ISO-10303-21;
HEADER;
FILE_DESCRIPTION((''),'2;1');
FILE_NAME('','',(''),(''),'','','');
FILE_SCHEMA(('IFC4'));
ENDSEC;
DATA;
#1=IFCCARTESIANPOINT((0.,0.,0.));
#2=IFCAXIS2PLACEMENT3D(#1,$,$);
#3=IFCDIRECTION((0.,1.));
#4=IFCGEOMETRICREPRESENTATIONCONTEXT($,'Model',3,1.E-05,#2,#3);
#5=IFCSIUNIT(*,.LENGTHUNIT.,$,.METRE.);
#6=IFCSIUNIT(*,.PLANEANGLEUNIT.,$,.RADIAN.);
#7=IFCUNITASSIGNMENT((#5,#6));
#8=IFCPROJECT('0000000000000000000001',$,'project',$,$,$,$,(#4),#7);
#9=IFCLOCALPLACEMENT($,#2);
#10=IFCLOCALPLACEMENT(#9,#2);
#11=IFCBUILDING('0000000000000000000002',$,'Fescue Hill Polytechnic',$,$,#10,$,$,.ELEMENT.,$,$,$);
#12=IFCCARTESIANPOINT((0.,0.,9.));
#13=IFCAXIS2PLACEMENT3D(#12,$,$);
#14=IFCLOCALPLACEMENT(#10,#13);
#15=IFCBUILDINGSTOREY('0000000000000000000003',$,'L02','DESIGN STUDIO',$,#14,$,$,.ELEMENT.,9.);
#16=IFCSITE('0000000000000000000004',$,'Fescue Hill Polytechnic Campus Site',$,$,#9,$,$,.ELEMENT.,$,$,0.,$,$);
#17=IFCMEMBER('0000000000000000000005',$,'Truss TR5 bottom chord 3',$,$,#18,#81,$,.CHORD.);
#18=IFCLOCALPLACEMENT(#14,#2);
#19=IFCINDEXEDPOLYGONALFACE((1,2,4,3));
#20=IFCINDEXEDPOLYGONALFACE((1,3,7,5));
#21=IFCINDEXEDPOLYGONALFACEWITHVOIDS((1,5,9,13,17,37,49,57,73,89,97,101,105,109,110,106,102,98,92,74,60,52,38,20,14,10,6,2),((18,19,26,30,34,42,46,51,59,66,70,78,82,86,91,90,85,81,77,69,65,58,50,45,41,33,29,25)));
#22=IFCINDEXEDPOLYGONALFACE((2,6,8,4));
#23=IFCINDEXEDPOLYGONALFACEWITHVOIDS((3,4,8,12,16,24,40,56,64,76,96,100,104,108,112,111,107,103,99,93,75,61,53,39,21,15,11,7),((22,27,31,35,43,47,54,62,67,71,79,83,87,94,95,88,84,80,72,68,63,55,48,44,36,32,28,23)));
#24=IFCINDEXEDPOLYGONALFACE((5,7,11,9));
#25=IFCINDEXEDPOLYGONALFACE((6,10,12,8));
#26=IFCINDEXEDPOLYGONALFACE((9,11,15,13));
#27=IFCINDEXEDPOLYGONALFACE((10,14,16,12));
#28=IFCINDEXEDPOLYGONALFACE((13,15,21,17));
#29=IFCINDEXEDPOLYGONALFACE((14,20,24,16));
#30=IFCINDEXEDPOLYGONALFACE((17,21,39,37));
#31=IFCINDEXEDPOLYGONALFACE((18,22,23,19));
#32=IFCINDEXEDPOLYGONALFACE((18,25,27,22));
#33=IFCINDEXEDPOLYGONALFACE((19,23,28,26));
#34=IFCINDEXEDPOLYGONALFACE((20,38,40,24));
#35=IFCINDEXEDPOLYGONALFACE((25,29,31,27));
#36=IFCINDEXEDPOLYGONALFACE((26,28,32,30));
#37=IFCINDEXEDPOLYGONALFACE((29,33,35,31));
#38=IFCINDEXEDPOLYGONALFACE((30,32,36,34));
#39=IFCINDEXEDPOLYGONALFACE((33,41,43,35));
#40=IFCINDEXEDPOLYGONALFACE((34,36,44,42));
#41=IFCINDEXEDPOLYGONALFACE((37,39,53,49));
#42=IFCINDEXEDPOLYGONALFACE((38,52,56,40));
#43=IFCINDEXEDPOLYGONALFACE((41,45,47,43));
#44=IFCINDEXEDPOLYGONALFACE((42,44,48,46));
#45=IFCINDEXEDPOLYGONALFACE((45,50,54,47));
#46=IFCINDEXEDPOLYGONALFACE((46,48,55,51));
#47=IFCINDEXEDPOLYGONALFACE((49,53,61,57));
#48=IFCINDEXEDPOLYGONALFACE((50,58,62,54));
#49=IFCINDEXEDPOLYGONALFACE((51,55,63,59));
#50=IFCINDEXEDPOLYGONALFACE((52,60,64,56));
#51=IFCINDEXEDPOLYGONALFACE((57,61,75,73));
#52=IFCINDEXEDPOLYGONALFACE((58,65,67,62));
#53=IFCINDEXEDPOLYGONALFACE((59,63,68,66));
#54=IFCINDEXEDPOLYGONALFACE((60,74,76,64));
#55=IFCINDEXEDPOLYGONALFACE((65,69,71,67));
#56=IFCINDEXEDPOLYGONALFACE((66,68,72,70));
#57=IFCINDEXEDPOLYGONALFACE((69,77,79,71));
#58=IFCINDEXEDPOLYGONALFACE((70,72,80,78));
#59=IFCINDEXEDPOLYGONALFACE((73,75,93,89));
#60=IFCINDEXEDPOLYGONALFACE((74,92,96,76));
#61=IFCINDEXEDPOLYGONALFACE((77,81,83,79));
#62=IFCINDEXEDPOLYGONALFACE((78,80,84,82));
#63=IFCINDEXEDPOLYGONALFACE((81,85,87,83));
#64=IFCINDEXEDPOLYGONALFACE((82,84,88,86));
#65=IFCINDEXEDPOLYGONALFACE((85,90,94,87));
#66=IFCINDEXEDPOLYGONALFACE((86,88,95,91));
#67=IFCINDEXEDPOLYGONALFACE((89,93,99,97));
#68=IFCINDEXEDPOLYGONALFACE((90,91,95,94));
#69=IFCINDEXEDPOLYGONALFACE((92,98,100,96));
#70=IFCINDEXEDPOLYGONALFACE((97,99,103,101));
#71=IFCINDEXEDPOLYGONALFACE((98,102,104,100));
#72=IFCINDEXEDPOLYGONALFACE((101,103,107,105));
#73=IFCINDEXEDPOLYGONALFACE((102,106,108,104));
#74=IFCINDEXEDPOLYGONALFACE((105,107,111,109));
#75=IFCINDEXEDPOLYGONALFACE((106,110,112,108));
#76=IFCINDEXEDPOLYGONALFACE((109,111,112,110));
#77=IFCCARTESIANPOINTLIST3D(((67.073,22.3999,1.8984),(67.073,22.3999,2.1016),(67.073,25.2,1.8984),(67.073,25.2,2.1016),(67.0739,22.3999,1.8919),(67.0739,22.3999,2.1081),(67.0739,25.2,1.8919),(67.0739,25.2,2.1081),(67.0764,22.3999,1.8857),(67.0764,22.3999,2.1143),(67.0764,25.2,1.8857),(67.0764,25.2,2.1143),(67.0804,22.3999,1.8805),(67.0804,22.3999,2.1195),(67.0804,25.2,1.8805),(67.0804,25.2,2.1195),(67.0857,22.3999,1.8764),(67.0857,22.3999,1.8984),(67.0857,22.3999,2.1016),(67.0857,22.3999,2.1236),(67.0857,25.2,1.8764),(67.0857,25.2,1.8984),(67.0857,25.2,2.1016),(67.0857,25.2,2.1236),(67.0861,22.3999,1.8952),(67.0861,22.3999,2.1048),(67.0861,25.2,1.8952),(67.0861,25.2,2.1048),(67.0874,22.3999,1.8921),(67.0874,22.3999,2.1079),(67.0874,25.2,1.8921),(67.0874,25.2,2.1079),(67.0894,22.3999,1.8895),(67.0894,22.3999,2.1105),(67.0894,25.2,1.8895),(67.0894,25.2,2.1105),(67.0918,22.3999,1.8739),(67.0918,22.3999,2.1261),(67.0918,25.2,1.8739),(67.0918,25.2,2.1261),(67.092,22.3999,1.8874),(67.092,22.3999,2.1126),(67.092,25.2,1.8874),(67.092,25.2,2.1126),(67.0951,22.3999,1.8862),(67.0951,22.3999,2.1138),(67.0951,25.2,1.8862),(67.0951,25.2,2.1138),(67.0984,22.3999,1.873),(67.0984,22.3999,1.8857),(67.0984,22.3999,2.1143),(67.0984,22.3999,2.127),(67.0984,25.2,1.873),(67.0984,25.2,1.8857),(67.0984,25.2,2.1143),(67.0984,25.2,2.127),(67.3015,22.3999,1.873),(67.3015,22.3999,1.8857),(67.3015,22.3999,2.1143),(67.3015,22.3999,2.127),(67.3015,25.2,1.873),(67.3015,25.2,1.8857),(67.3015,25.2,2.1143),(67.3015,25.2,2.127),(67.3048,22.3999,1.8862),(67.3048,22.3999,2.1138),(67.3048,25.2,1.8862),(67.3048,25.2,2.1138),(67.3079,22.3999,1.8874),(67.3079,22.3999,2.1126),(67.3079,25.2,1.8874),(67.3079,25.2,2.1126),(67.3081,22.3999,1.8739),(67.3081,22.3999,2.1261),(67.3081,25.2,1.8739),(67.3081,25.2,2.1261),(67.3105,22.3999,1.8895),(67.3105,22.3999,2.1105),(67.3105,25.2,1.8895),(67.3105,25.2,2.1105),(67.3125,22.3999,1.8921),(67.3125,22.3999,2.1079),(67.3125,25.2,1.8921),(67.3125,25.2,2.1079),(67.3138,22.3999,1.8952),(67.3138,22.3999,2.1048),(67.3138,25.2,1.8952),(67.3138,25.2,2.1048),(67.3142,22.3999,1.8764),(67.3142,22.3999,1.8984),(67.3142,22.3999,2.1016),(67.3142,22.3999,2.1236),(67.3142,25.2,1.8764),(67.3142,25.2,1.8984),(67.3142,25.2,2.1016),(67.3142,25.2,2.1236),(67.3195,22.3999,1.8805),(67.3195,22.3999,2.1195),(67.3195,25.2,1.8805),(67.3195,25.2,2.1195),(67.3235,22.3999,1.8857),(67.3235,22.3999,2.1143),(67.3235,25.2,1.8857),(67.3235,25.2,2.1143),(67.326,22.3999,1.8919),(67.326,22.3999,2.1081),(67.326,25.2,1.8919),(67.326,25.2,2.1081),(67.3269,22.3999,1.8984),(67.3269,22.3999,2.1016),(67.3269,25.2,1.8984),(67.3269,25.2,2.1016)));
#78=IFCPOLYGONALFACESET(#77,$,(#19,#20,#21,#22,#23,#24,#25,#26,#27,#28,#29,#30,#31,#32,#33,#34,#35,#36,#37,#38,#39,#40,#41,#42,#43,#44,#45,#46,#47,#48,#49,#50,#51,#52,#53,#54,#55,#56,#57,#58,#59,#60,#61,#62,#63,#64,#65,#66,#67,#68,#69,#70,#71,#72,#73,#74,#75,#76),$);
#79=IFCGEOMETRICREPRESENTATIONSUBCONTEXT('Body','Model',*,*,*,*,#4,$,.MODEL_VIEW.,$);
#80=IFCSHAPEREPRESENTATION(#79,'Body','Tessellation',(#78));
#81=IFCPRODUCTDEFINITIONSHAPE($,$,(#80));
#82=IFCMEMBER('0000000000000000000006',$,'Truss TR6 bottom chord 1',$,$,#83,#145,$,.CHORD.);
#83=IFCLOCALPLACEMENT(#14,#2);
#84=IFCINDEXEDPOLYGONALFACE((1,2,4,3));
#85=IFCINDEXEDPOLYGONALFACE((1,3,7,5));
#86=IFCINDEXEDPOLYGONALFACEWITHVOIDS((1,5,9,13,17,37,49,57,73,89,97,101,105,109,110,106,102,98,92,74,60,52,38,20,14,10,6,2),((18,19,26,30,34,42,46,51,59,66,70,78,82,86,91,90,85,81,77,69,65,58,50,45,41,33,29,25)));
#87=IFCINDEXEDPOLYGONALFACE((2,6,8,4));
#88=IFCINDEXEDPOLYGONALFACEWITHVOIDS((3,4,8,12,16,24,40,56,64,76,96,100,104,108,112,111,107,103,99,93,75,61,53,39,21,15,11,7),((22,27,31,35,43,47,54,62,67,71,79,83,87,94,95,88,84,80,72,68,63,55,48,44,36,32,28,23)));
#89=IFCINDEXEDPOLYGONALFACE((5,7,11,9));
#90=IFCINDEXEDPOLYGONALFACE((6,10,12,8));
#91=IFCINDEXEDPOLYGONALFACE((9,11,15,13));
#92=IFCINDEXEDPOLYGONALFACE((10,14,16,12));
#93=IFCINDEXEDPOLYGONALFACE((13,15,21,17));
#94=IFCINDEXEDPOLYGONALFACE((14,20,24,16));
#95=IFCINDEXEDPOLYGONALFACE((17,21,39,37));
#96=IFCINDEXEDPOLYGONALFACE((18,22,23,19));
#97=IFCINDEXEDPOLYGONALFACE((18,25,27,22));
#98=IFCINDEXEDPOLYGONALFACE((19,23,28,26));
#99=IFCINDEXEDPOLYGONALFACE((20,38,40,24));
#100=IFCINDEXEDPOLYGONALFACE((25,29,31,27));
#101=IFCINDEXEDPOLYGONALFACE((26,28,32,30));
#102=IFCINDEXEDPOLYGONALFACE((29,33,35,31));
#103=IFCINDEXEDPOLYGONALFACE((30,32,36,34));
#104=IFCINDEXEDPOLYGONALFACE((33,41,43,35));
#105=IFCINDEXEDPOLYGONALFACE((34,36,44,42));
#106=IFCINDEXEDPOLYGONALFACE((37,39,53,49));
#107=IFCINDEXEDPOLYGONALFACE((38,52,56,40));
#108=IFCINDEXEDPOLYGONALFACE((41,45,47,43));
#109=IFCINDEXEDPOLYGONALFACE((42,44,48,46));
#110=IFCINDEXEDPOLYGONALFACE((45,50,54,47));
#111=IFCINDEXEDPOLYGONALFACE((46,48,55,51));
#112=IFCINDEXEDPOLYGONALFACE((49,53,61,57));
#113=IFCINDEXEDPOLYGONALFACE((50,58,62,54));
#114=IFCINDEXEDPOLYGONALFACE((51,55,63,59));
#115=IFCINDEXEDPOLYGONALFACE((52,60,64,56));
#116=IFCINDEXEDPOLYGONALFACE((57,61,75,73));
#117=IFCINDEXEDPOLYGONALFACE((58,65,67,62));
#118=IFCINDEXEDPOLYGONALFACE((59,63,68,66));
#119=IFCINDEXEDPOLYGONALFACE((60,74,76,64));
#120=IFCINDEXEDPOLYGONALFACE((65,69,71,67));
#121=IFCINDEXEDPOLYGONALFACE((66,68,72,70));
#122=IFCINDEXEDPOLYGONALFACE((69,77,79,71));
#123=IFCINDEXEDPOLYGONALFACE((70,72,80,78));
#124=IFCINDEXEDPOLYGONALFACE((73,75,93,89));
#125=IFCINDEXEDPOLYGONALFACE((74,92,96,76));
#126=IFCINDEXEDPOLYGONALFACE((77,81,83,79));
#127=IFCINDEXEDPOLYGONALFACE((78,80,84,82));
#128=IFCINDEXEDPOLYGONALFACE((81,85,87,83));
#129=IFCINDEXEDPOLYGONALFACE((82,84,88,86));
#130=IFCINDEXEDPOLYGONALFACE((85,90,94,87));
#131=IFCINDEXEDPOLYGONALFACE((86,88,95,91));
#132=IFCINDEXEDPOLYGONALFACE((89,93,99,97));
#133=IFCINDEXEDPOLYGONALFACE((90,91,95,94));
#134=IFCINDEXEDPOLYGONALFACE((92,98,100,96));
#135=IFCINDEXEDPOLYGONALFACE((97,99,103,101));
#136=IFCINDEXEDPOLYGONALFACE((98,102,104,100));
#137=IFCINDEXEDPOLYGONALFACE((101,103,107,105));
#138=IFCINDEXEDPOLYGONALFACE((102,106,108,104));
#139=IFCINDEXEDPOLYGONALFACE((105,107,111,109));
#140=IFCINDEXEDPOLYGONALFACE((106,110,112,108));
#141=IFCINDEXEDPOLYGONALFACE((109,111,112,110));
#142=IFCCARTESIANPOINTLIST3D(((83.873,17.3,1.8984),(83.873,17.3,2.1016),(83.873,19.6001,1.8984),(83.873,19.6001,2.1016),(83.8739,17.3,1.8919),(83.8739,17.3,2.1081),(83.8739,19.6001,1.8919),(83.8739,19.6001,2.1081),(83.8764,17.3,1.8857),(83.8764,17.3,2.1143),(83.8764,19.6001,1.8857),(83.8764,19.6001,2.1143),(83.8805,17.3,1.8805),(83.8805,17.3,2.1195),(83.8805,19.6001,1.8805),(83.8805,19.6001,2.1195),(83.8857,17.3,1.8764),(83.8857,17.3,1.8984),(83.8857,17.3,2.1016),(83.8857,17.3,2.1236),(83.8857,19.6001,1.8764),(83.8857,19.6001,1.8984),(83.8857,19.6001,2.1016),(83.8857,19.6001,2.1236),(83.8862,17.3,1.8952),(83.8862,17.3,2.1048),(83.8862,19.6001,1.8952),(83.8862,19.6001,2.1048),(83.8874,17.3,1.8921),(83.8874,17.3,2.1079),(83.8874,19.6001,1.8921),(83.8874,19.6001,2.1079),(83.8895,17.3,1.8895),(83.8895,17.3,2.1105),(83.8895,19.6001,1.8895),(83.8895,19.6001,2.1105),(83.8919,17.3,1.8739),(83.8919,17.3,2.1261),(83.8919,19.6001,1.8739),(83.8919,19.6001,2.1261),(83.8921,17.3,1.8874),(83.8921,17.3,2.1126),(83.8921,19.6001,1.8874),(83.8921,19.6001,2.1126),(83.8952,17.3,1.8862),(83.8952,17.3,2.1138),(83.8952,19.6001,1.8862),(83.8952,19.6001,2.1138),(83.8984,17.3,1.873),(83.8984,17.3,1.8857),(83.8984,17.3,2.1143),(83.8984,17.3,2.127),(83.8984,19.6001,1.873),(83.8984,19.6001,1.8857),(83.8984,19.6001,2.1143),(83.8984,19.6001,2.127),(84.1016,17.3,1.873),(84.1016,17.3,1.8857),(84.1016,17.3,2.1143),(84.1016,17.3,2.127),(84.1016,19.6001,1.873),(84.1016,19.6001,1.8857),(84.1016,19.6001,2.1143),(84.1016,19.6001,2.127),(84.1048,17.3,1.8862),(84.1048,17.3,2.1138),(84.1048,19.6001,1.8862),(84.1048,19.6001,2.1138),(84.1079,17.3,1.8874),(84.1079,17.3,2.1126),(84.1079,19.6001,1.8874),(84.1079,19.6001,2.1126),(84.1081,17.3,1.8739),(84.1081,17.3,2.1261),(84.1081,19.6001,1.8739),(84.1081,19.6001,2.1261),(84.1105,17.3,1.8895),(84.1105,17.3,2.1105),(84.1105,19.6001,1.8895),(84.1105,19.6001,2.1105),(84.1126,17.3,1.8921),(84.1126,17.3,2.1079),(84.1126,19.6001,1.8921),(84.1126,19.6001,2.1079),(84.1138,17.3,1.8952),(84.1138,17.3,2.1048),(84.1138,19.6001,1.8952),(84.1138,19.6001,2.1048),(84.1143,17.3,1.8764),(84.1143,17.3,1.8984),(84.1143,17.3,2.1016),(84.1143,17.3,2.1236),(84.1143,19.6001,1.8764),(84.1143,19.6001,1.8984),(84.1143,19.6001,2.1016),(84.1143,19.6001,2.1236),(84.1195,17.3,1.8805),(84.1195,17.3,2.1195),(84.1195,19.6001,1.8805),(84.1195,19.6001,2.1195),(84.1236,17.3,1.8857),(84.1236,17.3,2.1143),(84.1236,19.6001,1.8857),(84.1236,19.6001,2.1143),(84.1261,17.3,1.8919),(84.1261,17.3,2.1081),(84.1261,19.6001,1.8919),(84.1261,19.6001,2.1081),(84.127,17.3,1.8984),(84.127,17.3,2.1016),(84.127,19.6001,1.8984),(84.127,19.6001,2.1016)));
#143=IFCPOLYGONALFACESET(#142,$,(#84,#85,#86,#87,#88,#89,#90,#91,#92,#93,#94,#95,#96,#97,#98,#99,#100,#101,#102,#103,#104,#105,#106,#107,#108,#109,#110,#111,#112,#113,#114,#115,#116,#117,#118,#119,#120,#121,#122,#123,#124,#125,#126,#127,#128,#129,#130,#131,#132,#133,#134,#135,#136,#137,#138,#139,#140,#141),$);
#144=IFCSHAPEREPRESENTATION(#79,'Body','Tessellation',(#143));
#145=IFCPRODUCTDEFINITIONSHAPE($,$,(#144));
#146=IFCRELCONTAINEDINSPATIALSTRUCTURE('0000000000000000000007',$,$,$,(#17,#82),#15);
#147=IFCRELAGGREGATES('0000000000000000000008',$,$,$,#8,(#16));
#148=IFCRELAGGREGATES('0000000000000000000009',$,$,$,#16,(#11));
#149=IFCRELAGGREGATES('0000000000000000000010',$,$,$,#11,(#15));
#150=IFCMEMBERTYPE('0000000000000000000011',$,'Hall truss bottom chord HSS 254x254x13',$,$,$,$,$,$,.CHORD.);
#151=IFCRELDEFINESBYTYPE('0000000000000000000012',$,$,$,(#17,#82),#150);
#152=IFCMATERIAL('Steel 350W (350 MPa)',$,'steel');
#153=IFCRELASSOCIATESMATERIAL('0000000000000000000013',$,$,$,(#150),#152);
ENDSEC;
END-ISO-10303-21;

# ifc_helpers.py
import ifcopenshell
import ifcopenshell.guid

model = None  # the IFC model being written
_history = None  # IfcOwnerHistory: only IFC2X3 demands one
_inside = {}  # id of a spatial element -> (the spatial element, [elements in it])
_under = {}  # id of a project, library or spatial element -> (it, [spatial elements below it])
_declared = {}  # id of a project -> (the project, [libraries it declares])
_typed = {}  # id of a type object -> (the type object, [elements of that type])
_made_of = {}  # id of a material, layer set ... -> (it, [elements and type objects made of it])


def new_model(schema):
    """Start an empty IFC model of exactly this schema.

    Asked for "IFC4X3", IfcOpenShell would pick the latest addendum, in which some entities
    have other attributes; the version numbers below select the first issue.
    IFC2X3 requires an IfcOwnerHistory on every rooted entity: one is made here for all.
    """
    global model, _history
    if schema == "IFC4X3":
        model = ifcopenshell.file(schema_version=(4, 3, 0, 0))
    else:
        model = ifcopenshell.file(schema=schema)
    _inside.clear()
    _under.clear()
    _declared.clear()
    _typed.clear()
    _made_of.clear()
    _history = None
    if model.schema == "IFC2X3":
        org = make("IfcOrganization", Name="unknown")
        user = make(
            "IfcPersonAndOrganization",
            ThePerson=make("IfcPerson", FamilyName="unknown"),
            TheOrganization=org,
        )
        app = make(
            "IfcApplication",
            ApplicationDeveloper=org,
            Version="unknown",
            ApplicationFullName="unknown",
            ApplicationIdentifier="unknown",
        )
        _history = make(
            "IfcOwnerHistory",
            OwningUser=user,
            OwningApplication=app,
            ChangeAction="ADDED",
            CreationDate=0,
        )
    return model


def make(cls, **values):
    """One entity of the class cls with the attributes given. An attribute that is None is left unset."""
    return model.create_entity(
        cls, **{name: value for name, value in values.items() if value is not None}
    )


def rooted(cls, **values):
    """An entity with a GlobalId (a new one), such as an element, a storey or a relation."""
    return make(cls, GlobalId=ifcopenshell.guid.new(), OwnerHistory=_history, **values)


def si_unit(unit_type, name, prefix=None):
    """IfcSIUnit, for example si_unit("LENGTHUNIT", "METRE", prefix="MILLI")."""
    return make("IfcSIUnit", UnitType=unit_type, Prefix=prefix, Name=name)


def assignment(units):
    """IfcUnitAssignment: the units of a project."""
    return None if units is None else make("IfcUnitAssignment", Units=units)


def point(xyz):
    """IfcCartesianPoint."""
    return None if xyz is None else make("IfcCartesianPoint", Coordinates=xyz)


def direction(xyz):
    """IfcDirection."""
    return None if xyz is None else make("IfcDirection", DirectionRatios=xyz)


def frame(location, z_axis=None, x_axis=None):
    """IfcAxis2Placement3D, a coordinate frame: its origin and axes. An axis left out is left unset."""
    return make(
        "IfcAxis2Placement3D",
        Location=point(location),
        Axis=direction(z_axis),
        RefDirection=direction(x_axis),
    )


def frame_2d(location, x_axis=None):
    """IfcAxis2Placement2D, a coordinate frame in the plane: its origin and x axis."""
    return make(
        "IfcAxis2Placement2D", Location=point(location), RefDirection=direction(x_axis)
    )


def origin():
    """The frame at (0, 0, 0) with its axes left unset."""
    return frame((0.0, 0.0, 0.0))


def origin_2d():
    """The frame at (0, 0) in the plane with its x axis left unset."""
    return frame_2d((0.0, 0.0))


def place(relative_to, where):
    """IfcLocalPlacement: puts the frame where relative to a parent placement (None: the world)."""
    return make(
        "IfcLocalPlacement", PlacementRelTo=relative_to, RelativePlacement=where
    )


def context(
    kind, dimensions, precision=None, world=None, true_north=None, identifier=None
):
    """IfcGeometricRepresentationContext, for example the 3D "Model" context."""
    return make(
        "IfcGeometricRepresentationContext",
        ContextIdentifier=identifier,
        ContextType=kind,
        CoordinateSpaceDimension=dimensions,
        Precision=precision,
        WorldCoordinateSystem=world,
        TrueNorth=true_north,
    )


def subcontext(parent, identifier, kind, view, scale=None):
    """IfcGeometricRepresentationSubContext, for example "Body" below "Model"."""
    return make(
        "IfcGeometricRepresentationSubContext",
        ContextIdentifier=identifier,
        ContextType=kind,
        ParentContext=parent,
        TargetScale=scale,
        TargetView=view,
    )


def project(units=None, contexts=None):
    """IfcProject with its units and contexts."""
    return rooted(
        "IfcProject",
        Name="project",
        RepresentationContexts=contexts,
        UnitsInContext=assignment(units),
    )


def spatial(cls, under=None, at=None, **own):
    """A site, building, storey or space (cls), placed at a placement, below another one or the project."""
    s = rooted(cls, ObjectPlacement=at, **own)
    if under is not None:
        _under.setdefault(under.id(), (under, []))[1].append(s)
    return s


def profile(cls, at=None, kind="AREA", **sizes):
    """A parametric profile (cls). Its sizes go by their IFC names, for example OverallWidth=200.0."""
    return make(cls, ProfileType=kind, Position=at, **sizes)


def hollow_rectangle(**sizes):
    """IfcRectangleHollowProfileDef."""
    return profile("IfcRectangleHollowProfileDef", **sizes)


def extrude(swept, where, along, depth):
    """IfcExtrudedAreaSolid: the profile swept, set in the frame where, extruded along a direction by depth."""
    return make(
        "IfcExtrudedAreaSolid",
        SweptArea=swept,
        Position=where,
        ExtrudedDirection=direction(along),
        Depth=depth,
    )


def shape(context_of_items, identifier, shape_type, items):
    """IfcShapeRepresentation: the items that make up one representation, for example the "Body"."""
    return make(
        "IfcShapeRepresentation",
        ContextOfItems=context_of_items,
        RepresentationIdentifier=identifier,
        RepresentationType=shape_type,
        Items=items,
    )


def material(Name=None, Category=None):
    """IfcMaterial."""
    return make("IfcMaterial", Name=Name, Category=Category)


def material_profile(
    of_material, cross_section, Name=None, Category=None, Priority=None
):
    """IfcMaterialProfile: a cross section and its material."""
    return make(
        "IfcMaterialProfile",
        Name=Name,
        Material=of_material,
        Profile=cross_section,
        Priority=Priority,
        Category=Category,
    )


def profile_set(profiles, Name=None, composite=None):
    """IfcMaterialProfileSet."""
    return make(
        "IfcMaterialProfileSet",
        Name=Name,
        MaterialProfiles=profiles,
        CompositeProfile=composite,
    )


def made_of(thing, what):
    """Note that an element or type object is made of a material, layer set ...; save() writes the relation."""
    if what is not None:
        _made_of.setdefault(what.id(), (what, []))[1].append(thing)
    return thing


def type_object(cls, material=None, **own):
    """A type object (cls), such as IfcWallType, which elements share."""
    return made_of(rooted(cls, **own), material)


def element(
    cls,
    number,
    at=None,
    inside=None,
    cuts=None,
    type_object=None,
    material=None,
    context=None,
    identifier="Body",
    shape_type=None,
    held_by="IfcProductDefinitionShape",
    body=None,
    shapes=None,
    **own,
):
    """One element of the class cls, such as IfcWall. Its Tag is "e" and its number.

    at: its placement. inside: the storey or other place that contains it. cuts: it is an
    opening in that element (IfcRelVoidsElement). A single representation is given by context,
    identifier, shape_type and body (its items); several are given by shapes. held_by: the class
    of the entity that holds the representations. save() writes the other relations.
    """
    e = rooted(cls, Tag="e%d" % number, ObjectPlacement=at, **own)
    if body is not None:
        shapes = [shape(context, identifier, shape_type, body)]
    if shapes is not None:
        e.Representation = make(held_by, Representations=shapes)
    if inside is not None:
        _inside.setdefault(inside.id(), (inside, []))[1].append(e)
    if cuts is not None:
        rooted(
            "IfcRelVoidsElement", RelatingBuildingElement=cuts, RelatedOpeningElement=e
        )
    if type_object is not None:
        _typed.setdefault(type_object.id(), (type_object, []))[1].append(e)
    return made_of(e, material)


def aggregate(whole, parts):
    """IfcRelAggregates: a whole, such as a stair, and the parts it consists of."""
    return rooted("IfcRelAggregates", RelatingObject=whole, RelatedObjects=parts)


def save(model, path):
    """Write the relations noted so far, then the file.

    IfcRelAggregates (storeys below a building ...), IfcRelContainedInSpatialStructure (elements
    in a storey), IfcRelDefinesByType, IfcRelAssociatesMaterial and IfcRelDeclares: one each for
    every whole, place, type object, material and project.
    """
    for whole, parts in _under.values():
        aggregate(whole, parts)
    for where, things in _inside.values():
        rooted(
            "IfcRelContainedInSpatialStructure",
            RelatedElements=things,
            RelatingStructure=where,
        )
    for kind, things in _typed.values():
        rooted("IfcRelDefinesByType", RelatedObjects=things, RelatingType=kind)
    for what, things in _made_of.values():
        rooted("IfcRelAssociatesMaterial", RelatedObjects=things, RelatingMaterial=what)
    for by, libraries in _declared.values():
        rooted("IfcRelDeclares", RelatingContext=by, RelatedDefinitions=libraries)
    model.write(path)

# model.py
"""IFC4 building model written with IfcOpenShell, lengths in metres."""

from ifc_helpers import new_model, si_unit, direction, frame, origin, origin_2d, place, context, subcontext, project, spatial, hollow_rectangle, extrude, material, material_profile, profile_set, type_object, element, save


model = new_model("IFC4")

# Units and contexts
model_context = context("Model", 3, precision=1e-05, world=origin(), true_north=direction((0.0, 1.0)))
body_context = subcontext(model_context, "Body", "Model", "MODEL_VIEW")
ifc_project = project(units=[si_unit("LENGTHUNIT", "METRE"), si_unit("PLANEANGLEUNIT", "RADIAN")], contexts=[model_context])

# Site, building, storey
site_placement = place(None, origin())
site = spatial("IfcSite", under=ifc_project, at=site_placement, Name="Fescue Hill Polytechnic Campus Site", CompositionType="ELEMENT", RefElevation=0.0)
building_placement = place(site_placement, origin())
building = spatial("IfcBuilding", under=site, at=building_placement, Name="Fescue Hill Polytechnic", CompositionType="ELEMENT")
storey_placement = place(building_placement, frame((0.0, 0.0, 9.0)))
storey = spatial("IfcBuildingStorey", under=building, at=storey_placement, Name="L02", Description="DESIGN STUDIO", CompositionType="ELEMENT", Elevation=9.0)

# Members
ifc_material_1 = material(Name="Steel 350W (350 MPa)", Category="steel")
ifc_material_profile_1 = material_profile(ifc_material_1, hollow_rectangle(XDim=0.2539, YDim=0.2539, WallThickness=0.0127, InnerFilletRadius=0.0127, OuterFilletRadius=0.0254, at=origin_2d()), Name="Hall truss bottom chord HSS 254x254x13")
ifc_profile_set_1 = profile_set([ifc_material_profile_1], Name="Steel 350W (350 MPa)")
member_type_1 = type_object("IfcMemberType", Name="Hall truss bottom chord HSS 254x254x13", PredefinedType="CHORD", material=ifc_profile_set_1)
member_1_placement = place(storey_placement, frame((67.2, 22.3999, 2.0), z_axis=(0.0, 1.0, 0.0), x_axis=(-1.0, 0.0, 0.0)))
element("IfcMember", 1, at=member_1_placement, inside=storey, type_object=member_type_1, Name="Truss TR5 bottom chord 3", PredefinedType="CHORD", context=body_context, shape_type="SweptSolid", body=[
    extrude(hollow_rectangle(XDim=0.2539, YDim=0.2539, WallThickness=0.0127, InnerFilletRadius=0.0127, OuterFilletRadius=0.0254, at=origin_2d()), origin(), (0.0, 0.0, 1.0), 2.8),
])
member_2_placement = place(storey_placement, frame((84.0, 17.3, 2.0), z_axis=(0.0, 1.0, 0.0), x_axis=(-1.0, 0.0, 0.0)))
element("IfcMember", 2, at=member_2_placement, inside=storey, type_object=member_type_1, Name="Truss TR6 bottom chord 1", PredefinedType="CHORD", context=body_context, shape_type="SweptSolid", body=[
    extrude(hollow_rectangle(XDim=0.2539, YDim=0.2539, WallThickness=0.0127, InnerFilletRadius=0.0127, OuterFilletRadius=0.0254, at=origin_2d()), origin(), (0.0, 0.0, 1.0), 2.3),
])

save(model, "model.ifc")
